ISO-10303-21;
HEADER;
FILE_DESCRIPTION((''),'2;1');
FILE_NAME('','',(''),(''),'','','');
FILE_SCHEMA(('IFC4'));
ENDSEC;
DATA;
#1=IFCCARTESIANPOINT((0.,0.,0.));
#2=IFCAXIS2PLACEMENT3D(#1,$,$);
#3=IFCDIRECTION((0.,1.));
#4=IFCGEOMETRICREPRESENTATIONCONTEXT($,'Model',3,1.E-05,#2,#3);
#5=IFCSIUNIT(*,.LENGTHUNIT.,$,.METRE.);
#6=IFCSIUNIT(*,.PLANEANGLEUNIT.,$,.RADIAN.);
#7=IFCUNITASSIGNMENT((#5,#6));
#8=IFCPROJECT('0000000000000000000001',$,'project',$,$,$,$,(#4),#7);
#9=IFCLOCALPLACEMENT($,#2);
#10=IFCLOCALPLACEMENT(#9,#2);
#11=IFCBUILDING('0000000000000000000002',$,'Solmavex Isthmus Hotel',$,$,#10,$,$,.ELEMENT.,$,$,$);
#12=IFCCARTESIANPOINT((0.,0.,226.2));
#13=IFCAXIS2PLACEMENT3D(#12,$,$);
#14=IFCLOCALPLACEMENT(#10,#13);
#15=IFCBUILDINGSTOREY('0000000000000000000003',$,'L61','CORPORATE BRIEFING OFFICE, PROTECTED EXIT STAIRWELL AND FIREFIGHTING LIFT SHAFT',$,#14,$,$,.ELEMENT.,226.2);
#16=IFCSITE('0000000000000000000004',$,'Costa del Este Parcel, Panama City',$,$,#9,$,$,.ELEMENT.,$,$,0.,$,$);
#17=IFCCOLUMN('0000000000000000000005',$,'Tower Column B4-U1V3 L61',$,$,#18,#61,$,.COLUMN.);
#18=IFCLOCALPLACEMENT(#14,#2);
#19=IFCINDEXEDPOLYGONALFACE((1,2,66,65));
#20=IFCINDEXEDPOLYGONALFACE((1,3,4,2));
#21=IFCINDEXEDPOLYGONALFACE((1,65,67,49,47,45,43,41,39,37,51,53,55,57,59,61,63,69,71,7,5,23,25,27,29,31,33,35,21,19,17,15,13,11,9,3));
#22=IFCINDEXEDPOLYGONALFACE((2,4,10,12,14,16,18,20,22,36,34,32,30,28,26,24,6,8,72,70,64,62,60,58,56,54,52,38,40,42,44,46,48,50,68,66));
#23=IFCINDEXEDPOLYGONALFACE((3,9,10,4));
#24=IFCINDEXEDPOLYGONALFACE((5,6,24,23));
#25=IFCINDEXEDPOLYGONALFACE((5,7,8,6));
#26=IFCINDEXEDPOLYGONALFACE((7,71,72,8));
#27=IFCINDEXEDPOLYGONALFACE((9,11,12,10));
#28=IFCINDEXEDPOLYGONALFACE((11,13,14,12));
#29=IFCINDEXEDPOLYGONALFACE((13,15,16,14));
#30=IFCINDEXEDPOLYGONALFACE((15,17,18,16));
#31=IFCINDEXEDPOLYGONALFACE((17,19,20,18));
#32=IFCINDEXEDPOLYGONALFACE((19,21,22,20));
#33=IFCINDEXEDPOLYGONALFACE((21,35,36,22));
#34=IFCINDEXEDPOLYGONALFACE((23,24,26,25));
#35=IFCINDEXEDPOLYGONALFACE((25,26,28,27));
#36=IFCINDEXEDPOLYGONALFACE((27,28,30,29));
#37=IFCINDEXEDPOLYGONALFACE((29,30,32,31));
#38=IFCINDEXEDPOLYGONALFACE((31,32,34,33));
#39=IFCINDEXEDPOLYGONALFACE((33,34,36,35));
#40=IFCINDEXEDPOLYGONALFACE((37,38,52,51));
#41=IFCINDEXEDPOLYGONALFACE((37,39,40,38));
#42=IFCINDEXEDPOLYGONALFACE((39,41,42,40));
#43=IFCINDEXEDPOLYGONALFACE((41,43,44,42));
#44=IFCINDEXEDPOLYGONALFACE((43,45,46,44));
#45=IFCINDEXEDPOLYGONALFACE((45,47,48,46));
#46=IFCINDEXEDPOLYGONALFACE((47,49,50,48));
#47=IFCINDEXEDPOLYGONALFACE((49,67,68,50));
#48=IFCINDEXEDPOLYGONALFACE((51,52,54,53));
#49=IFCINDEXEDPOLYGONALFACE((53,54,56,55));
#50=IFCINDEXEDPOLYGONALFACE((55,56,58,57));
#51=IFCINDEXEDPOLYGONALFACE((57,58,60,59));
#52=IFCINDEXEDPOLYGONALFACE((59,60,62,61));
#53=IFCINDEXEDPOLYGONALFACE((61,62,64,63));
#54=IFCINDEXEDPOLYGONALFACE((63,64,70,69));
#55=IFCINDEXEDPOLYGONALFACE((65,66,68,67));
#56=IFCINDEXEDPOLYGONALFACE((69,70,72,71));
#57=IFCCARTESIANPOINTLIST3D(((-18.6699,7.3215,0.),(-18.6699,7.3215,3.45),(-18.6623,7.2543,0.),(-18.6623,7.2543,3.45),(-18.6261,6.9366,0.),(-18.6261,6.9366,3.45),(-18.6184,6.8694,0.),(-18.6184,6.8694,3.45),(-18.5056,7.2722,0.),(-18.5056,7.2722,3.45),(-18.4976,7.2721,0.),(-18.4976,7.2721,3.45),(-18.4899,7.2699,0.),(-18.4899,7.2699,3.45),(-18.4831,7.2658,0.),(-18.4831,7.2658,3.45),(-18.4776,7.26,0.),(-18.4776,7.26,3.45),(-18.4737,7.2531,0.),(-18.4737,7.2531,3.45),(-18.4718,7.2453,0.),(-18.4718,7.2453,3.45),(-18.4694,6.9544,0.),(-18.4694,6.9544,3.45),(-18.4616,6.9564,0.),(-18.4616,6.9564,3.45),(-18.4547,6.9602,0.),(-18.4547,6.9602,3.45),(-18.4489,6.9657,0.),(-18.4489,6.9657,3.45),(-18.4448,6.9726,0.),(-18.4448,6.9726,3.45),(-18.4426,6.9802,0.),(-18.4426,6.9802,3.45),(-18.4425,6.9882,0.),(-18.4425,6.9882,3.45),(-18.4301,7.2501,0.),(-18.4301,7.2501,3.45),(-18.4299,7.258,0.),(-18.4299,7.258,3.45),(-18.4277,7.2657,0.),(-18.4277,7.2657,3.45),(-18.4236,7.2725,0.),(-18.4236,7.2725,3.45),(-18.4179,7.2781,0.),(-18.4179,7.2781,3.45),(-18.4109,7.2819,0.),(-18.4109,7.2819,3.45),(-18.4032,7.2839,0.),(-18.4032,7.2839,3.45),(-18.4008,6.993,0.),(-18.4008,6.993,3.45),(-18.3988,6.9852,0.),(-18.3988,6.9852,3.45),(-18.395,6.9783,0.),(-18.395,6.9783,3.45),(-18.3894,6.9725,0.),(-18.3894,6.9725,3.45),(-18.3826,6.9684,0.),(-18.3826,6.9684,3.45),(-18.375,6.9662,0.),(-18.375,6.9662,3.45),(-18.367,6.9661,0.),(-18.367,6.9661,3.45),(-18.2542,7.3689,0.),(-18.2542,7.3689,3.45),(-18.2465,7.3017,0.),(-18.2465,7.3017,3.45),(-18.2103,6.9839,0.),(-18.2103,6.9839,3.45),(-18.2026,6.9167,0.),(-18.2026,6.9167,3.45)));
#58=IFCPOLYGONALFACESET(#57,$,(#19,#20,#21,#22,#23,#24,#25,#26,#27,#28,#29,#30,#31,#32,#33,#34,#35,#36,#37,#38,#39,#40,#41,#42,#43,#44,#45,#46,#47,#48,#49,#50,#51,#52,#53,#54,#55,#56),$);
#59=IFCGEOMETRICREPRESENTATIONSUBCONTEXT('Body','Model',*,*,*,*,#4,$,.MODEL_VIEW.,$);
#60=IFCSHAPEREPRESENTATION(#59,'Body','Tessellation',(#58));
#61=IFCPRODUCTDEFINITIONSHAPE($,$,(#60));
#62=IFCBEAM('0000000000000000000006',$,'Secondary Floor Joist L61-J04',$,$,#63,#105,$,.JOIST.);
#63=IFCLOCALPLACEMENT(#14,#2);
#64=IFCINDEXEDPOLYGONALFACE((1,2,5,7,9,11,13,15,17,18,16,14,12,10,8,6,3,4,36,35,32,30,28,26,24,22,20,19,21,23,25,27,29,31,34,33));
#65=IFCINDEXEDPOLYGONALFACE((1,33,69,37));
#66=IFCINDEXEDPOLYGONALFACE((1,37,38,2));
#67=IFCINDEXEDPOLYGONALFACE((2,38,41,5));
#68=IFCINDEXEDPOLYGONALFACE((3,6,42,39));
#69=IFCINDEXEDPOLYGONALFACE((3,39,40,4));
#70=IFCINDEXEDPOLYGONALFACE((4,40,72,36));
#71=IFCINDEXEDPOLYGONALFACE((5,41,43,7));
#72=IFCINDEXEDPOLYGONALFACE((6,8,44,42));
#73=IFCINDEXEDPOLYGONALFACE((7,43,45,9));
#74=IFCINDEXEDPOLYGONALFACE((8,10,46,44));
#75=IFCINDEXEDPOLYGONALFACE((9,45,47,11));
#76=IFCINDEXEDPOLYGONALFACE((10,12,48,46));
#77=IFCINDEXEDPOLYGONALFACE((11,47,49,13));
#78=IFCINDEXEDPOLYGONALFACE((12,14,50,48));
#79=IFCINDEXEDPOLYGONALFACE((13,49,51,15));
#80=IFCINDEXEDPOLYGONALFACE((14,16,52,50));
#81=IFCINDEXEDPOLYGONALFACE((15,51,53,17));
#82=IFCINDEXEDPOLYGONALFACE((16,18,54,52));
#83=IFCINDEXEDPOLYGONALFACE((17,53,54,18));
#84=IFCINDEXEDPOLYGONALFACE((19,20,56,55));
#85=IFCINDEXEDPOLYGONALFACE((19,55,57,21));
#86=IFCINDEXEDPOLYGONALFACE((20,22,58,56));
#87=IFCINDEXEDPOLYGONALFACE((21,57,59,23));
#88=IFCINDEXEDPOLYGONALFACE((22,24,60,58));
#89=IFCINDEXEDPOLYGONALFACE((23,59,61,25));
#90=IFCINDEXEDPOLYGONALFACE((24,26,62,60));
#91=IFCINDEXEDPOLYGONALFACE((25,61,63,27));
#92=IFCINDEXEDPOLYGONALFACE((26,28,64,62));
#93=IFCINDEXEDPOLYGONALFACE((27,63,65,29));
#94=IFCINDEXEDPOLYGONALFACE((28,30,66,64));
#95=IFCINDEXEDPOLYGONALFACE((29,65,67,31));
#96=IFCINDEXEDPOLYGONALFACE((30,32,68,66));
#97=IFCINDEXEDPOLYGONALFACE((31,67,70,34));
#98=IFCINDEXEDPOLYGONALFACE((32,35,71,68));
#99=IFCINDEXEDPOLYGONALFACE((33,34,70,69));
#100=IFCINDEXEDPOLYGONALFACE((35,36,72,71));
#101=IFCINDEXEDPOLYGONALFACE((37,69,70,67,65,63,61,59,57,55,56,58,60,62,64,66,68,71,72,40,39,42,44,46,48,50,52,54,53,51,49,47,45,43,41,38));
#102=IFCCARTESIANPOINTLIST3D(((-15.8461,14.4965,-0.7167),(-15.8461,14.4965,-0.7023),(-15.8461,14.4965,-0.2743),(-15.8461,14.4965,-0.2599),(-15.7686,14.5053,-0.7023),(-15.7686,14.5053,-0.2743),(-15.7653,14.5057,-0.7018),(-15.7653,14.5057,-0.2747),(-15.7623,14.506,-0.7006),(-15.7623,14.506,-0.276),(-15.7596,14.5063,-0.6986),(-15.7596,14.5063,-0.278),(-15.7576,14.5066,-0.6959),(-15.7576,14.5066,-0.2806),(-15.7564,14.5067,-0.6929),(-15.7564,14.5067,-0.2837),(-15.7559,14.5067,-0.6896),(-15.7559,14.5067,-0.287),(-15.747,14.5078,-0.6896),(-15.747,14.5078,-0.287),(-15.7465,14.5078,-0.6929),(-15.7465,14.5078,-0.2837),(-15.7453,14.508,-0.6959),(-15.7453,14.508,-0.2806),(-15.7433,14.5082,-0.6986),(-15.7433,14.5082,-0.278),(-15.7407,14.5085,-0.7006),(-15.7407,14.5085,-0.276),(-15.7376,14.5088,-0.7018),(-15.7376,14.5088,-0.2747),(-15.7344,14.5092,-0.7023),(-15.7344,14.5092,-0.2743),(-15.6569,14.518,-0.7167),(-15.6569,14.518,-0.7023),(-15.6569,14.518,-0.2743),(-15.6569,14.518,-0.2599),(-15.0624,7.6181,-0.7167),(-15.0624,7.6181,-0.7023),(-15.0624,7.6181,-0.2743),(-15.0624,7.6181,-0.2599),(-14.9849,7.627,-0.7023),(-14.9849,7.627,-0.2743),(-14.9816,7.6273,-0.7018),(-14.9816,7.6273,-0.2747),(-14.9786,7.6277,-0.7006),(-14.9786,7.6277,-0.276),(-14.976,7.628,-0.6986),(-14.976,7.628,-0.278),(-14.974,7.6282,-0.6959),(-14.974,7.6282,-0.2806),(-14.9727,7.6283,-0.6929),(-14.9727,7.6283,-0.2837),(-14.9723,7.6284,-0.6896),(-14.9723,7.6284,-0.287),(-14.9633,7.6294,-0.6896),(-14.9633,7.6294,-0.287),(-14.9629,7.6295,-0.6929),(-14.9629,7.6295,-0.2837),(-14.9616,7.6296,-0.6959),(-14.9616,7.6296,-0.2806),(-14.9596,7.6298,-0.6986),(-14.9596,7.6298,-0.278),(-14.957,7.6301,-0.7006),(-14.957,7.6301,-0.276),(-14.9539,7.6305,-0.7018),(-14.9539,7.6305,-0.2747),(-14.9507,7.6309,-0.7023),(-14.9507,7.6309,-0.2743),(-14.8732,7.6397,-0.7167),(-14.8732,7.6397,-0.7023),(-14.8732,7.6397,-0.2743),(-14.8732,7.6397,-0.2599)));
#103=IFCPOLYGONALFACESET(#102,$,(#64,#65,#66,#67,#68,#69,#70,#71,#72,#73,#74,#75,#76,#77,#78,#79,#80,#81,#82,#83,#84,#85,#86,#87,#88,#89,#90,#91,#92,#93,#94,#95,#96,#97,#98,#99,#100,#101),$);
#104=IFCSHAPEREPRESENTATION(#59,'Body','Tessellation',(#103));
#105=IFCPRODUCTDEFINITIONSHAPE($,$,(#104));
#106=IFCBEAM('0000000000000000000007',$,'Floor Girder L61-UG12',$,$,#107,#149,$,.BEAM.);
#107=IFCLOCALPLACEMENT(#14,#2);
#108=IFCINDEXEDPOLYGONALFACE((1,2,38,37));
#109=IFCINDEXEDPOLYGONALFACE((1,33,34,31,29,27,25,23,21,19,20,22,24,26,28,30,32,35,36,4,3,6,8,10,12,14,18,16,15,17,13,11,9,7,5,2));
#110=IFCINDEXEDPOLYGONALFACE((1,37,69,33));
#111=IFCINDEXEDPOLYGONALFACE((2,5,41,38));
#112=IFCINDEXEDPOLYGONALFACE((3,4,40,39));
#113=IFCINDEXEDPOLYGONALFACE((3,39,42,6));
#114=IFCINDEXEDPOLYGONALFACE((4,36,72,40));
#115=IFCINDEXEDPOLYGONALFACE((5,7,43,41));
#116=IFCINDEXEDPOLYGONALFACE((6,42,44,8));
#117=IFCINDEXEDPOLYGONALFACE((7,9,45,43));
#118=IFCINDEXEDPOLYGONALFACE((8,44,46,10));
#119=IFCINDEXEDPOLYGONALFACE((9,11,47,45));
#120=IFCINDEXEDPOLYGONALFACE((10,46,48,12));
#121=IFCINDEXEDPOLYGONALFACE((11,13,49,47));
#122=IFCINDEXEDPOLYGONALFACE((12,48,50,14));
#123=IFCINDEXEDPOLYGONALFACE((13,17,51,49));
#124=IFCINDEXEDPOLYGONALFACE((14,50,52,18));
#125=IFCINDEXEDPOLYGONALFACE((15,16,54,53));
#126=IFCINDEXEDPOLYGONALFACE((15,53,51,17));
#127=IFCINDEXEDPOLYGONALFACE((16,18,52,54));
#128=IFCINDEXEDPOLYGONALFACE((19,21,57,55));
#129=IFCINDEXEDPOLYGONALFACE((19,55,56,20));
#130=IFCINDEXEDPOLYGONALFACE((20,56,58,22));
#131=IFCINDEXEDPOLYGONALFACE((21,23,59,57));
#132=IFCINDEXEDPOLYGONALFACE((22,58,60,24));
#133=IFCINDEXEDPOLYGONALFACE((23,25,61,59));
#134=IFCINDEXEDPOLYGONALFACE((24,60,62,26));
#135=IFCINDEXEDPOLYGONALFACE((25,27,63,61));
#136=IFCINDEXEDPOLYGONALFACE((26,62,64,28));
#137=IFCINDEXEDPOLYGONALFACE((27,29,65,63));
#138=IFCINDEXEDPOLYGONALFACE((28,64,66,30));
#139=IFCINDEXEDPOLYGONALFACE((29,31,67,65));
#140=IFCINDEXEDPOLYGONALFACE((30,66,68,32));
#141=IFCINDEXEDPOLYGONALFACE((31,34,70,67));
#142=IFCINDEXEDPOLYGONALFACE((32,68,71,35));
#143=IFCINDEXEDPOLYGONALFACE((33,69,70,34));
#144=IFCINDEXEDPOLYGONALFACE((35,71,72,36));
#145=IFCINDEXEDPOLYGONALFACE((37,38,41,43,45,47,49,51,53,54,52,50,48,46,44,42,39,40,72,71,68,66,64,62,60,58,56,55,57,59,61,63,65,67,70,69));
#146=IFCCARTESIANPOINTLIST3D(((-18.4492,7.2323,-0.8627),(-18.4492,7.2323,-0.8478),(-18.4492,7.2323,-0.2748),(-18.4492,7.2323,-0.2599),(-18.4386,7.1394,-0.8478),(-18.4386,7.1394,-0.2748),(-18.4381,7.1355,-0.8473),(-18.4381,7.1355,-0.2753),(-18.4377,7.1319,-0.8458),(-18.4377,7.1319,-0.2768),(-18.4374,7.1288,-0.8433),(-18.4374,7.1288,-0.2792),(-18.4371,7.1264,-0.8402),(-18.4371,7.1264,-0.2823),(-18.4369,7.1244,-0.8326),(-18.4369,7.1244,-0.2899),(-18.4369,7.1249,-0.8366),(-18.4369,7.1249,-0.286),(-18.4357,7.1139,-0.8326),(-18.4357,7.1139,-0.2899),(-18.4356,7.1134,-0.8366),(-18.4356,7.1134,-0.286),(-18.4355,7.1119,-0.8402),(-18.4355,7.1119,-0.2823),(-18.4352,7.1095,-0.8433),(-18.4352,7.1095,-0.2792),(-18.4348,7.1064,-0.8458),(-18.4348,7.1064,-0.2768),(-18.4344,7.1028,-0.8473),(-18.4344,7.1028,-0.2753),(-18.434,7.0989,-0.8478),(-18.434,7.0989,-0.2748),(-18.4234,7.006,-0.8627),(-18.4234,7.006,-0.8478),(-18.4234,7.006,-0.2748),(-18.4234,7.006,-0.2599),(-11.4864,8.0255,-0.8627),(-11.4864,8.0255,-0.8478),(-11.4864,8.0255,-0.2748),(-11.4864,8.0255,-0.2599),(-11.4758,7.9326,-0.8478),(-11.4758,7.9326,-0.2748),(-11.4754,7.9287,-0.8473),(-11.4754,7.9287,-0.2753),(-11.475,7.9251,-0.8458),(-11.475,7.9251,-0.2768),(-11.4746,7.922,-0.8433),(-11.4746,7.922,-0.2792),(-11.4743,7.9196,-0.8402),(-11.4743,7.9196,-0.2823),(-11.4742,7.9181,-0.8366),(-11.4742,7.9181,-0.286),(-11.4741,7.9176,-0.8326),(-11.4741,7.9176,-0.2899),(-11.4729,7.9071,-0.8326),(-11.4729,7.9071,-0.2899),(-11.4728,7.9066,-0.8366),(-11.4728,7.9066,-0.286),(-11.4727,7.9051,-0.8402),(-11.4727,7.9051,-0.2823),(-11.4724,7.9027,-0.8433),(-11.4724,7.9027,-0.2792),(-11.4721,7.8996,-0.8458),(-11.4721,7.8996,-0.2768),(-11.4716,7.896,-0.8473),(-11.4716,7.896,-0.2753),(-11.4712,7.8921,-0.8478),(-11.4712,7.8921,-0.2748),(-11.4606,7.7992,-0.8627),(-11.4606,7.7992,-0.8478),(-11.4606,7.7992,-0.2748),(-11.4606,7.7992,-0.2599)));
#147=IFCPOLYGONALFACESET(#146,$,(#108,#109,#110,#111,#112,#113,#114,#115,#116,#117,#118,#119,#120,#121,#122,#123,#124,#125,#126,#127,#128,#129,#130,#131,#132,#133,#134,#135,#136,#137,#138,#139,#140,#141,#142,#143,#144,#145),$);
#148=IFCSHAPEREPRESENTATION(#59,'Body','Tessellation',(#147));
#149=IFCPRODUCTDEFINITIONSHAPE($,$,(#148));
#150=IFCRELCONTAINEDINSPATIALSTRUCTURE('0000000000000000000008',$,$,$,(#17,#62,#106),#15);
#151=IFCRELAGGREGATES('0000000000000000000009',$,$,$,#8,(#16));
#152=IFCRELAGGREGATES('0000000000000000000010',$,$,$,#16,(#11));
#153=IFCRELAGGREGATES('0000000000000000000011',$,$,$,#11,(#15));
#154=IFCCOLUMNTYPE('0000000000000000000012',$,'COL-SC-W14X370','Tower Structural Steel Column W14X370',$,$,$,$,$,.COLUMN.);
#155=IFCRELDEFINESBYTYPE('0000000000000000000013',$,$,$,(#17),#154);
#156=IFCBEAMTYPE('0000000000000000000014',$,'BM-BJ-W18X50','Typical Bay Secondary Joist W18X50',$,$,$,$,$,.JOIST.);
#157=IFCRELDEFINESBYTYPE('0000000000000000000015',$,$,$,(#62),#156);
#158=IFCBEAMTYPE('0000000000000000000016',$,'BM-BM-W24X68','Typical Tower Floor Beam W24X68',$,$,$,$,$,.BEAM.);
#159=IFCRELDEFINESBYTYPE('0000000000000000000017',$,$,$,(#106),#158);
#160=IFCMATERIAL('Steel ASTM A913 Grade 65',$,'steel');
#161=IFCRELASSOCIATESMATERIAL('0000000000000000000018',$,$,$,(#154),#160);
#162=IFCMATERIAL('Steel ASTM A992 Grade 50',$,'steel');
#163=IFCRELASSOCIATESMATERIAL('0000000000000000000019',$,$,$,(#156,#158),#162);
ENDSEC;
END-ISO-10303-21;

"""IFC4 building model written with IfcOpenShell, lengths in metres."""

from ifc_helpers import new_model, si_unit, direction, frame, origin, origin_2d, place, context, subcontext, project, spatial, i_section, extrude, material, material_profile, profile_set, type_object, element, save


model = new_model("IFC4")

# Units and contexts
model_context = context("Model", 3, precision=1e-05, world=origin(), true_north=direction((0.0, 1.0)))
body_context = subcontext(model_context, "Body", "Model", "MODEL_VIEW")
ifc_project = project(units=[si_unit("LENGTHUNIT", "METRE"), si_unit("PLANEANGLEUNIT", "RADIAN")], contexts=[model_context])

# Site, building, storey
site_placement = place(None, origin())
site = spatial("IfcSite", under=ifc_project, at=site_placement, Name="Costa del Este Parcel, Panama City", CompositionType="ELEMENT", RefElevation=0.0)
building_placement = place(site_placement, origin())
building = spatial("IfcBuilding", under=site, at=building_placement, Name="Solmavex Isthmus Hotel", CompositionType="ELEMENT")
storey_placement = place(building_placement, frame((0.0, 0.0, 226.2)))
storey = spatial("IfcBuildingStorey", under=building, at=storey_placement, Name="L61", Description="CORPORATE BRIEFING OFFICE, PROTECTED EXIT STAIRWELL AND FIREFIGHTING LIFT SHAFT", CompositionType="ELEMENT", Elevation=226.2)

# Column
ifc_material_1 = material(Name="Steel ASTM A913 Grade 65", Category="steel")
ifc_material_profile_1 = material_profile(ifc_material_1, i_section(OverallWidth=0.4185, OverallDepth=0.4551, WebThickness=0.042, FlangeThickness=0.0676, FilletRadius=0.0305, at=origin_2d()), Name="W14X370")
ifc_profile_set_1 = profile_set([ifc_material_profile_1], Name="Steel ASTM A913 Grade 65")
column_type = type_object("IfcColumnType", Name="COL-SC-W14X370", Description="Tower Structural Steel Column W14X370", PredefinedType="COLUMN", material=ifc_profile_set_1)
column_placement = place(storey_placement, frame((-18.4363, 7.1191, 0.0), z_axis=(0.0, 0.0, 1.0), x_axis=(0.993572, 0.113203, 0.0)))
element("IfcColumn", 1, at=column_placement, inside=storey, type_object=column_type, Name="Tower Column B4-U1V3 L61", PredefinedType="COLUMN", context=body_context, shape_type="SweptSolid", body=[
    extrude(i_section(OverallWidth=0.4185, OverallDepth=0.4551, WebThickness=0.042, FlangeThickness=0.0676, FilletRadius=0.0305, at=origin_2d()), origin(), (0.0, 0.0, 1.0), 3.45),
])

# Beams
ifc_material_2 = material(Name="Steel ASTM A992 Grade 50", Category="steel")
ifc_material_profile_2 = material_profile(ifc_material_2, i_section(OverallWidth=0.1904, OverallDepth=0.4568, WebThickness=0.009, FlangeThickness=0.0144, FilletRadius=0.0127, at=origin_2d()), Name="W18X50")
ifc_profile_set_2 = profile_set([ifc_material_profile_2], Name="Steel ASTM A992 Grade 50")
beam_type_1 = type_object("IfcBeamType", Name="BM-BJ-W18X50", Description="Typical Bay Secondary Joist W18X50", PredefinedType="JOIST", material=ifc_profile_set_2)
beam_1_placement = place(storey_placement, frame((-14.9678, 7.6289, -0.4883), z_axis=(-0.113202, 0.993572, 0.0), x_axis=(-0.993572, -0.113202, 0.0)))
element("IfcBeam", 2, at=beam_1_placement, inside=storey, type_object=beam_type_1, Name="Secondary Floor Joist L61-J04", PredefinedType="JOIST", context=body_context, shape_type="SweptSolid", body=[
    extrude(i_section(OverallWidth=0.1904, OverallDepth=0.4568, WebThickness=0.009, FlangeThickness=0.0144, FilletRadius=0.0127, at=origin_2d()), origin(), (0.0, 0.0, 1.0), 6.9229),
])
ifc_material_profile_3 = material_profile(ifc_material_2, i_section(OverallWidth=0.2278, OverallDepth=0.6028, WebThickness=0.0105, FlangeThickness=0.0149, FilletRadius=0.0151, at=origin_2d()), Name="W24X68")
ifc_profile_set_3 = profile_set([ifc_material_profile_3], Name="Steel ASTM A992 Grade 50")
beam_type_2 = type_object("IfcBeamType", Name="BM-BM-W24X68", Description="Typical Tower Floor Beam W24X68", PredefinedType="BEAM", material=ifc_profile_set_3)
beam_2_placement = place(storey_placement, frame((-18.4363, 7.1191, -0.5613), z_axis=(0.993574, 0.113188, 0.0), x_axis=(-0.113188, 0.993574, 0.0)))
element("IfcBeam", 3, at=beam_2_placement, inside=storey, type_object=beam_type_2, Name="Floor Girder L61-UG12", PredefinedType="BEAM", context=body_context, shape_type="SweptSolid", body=[
    extrude(i_section(OverallWidth=0.2278, OverallDepth=0.6028, WebThickness=0.0105, FlangeThickness=0.0149, FilletRadius=0.0151, at=origin_2d()), origin(), (0.0, 0.0, 1.0), 7.0078),
])

save(model, "model.ifc")
